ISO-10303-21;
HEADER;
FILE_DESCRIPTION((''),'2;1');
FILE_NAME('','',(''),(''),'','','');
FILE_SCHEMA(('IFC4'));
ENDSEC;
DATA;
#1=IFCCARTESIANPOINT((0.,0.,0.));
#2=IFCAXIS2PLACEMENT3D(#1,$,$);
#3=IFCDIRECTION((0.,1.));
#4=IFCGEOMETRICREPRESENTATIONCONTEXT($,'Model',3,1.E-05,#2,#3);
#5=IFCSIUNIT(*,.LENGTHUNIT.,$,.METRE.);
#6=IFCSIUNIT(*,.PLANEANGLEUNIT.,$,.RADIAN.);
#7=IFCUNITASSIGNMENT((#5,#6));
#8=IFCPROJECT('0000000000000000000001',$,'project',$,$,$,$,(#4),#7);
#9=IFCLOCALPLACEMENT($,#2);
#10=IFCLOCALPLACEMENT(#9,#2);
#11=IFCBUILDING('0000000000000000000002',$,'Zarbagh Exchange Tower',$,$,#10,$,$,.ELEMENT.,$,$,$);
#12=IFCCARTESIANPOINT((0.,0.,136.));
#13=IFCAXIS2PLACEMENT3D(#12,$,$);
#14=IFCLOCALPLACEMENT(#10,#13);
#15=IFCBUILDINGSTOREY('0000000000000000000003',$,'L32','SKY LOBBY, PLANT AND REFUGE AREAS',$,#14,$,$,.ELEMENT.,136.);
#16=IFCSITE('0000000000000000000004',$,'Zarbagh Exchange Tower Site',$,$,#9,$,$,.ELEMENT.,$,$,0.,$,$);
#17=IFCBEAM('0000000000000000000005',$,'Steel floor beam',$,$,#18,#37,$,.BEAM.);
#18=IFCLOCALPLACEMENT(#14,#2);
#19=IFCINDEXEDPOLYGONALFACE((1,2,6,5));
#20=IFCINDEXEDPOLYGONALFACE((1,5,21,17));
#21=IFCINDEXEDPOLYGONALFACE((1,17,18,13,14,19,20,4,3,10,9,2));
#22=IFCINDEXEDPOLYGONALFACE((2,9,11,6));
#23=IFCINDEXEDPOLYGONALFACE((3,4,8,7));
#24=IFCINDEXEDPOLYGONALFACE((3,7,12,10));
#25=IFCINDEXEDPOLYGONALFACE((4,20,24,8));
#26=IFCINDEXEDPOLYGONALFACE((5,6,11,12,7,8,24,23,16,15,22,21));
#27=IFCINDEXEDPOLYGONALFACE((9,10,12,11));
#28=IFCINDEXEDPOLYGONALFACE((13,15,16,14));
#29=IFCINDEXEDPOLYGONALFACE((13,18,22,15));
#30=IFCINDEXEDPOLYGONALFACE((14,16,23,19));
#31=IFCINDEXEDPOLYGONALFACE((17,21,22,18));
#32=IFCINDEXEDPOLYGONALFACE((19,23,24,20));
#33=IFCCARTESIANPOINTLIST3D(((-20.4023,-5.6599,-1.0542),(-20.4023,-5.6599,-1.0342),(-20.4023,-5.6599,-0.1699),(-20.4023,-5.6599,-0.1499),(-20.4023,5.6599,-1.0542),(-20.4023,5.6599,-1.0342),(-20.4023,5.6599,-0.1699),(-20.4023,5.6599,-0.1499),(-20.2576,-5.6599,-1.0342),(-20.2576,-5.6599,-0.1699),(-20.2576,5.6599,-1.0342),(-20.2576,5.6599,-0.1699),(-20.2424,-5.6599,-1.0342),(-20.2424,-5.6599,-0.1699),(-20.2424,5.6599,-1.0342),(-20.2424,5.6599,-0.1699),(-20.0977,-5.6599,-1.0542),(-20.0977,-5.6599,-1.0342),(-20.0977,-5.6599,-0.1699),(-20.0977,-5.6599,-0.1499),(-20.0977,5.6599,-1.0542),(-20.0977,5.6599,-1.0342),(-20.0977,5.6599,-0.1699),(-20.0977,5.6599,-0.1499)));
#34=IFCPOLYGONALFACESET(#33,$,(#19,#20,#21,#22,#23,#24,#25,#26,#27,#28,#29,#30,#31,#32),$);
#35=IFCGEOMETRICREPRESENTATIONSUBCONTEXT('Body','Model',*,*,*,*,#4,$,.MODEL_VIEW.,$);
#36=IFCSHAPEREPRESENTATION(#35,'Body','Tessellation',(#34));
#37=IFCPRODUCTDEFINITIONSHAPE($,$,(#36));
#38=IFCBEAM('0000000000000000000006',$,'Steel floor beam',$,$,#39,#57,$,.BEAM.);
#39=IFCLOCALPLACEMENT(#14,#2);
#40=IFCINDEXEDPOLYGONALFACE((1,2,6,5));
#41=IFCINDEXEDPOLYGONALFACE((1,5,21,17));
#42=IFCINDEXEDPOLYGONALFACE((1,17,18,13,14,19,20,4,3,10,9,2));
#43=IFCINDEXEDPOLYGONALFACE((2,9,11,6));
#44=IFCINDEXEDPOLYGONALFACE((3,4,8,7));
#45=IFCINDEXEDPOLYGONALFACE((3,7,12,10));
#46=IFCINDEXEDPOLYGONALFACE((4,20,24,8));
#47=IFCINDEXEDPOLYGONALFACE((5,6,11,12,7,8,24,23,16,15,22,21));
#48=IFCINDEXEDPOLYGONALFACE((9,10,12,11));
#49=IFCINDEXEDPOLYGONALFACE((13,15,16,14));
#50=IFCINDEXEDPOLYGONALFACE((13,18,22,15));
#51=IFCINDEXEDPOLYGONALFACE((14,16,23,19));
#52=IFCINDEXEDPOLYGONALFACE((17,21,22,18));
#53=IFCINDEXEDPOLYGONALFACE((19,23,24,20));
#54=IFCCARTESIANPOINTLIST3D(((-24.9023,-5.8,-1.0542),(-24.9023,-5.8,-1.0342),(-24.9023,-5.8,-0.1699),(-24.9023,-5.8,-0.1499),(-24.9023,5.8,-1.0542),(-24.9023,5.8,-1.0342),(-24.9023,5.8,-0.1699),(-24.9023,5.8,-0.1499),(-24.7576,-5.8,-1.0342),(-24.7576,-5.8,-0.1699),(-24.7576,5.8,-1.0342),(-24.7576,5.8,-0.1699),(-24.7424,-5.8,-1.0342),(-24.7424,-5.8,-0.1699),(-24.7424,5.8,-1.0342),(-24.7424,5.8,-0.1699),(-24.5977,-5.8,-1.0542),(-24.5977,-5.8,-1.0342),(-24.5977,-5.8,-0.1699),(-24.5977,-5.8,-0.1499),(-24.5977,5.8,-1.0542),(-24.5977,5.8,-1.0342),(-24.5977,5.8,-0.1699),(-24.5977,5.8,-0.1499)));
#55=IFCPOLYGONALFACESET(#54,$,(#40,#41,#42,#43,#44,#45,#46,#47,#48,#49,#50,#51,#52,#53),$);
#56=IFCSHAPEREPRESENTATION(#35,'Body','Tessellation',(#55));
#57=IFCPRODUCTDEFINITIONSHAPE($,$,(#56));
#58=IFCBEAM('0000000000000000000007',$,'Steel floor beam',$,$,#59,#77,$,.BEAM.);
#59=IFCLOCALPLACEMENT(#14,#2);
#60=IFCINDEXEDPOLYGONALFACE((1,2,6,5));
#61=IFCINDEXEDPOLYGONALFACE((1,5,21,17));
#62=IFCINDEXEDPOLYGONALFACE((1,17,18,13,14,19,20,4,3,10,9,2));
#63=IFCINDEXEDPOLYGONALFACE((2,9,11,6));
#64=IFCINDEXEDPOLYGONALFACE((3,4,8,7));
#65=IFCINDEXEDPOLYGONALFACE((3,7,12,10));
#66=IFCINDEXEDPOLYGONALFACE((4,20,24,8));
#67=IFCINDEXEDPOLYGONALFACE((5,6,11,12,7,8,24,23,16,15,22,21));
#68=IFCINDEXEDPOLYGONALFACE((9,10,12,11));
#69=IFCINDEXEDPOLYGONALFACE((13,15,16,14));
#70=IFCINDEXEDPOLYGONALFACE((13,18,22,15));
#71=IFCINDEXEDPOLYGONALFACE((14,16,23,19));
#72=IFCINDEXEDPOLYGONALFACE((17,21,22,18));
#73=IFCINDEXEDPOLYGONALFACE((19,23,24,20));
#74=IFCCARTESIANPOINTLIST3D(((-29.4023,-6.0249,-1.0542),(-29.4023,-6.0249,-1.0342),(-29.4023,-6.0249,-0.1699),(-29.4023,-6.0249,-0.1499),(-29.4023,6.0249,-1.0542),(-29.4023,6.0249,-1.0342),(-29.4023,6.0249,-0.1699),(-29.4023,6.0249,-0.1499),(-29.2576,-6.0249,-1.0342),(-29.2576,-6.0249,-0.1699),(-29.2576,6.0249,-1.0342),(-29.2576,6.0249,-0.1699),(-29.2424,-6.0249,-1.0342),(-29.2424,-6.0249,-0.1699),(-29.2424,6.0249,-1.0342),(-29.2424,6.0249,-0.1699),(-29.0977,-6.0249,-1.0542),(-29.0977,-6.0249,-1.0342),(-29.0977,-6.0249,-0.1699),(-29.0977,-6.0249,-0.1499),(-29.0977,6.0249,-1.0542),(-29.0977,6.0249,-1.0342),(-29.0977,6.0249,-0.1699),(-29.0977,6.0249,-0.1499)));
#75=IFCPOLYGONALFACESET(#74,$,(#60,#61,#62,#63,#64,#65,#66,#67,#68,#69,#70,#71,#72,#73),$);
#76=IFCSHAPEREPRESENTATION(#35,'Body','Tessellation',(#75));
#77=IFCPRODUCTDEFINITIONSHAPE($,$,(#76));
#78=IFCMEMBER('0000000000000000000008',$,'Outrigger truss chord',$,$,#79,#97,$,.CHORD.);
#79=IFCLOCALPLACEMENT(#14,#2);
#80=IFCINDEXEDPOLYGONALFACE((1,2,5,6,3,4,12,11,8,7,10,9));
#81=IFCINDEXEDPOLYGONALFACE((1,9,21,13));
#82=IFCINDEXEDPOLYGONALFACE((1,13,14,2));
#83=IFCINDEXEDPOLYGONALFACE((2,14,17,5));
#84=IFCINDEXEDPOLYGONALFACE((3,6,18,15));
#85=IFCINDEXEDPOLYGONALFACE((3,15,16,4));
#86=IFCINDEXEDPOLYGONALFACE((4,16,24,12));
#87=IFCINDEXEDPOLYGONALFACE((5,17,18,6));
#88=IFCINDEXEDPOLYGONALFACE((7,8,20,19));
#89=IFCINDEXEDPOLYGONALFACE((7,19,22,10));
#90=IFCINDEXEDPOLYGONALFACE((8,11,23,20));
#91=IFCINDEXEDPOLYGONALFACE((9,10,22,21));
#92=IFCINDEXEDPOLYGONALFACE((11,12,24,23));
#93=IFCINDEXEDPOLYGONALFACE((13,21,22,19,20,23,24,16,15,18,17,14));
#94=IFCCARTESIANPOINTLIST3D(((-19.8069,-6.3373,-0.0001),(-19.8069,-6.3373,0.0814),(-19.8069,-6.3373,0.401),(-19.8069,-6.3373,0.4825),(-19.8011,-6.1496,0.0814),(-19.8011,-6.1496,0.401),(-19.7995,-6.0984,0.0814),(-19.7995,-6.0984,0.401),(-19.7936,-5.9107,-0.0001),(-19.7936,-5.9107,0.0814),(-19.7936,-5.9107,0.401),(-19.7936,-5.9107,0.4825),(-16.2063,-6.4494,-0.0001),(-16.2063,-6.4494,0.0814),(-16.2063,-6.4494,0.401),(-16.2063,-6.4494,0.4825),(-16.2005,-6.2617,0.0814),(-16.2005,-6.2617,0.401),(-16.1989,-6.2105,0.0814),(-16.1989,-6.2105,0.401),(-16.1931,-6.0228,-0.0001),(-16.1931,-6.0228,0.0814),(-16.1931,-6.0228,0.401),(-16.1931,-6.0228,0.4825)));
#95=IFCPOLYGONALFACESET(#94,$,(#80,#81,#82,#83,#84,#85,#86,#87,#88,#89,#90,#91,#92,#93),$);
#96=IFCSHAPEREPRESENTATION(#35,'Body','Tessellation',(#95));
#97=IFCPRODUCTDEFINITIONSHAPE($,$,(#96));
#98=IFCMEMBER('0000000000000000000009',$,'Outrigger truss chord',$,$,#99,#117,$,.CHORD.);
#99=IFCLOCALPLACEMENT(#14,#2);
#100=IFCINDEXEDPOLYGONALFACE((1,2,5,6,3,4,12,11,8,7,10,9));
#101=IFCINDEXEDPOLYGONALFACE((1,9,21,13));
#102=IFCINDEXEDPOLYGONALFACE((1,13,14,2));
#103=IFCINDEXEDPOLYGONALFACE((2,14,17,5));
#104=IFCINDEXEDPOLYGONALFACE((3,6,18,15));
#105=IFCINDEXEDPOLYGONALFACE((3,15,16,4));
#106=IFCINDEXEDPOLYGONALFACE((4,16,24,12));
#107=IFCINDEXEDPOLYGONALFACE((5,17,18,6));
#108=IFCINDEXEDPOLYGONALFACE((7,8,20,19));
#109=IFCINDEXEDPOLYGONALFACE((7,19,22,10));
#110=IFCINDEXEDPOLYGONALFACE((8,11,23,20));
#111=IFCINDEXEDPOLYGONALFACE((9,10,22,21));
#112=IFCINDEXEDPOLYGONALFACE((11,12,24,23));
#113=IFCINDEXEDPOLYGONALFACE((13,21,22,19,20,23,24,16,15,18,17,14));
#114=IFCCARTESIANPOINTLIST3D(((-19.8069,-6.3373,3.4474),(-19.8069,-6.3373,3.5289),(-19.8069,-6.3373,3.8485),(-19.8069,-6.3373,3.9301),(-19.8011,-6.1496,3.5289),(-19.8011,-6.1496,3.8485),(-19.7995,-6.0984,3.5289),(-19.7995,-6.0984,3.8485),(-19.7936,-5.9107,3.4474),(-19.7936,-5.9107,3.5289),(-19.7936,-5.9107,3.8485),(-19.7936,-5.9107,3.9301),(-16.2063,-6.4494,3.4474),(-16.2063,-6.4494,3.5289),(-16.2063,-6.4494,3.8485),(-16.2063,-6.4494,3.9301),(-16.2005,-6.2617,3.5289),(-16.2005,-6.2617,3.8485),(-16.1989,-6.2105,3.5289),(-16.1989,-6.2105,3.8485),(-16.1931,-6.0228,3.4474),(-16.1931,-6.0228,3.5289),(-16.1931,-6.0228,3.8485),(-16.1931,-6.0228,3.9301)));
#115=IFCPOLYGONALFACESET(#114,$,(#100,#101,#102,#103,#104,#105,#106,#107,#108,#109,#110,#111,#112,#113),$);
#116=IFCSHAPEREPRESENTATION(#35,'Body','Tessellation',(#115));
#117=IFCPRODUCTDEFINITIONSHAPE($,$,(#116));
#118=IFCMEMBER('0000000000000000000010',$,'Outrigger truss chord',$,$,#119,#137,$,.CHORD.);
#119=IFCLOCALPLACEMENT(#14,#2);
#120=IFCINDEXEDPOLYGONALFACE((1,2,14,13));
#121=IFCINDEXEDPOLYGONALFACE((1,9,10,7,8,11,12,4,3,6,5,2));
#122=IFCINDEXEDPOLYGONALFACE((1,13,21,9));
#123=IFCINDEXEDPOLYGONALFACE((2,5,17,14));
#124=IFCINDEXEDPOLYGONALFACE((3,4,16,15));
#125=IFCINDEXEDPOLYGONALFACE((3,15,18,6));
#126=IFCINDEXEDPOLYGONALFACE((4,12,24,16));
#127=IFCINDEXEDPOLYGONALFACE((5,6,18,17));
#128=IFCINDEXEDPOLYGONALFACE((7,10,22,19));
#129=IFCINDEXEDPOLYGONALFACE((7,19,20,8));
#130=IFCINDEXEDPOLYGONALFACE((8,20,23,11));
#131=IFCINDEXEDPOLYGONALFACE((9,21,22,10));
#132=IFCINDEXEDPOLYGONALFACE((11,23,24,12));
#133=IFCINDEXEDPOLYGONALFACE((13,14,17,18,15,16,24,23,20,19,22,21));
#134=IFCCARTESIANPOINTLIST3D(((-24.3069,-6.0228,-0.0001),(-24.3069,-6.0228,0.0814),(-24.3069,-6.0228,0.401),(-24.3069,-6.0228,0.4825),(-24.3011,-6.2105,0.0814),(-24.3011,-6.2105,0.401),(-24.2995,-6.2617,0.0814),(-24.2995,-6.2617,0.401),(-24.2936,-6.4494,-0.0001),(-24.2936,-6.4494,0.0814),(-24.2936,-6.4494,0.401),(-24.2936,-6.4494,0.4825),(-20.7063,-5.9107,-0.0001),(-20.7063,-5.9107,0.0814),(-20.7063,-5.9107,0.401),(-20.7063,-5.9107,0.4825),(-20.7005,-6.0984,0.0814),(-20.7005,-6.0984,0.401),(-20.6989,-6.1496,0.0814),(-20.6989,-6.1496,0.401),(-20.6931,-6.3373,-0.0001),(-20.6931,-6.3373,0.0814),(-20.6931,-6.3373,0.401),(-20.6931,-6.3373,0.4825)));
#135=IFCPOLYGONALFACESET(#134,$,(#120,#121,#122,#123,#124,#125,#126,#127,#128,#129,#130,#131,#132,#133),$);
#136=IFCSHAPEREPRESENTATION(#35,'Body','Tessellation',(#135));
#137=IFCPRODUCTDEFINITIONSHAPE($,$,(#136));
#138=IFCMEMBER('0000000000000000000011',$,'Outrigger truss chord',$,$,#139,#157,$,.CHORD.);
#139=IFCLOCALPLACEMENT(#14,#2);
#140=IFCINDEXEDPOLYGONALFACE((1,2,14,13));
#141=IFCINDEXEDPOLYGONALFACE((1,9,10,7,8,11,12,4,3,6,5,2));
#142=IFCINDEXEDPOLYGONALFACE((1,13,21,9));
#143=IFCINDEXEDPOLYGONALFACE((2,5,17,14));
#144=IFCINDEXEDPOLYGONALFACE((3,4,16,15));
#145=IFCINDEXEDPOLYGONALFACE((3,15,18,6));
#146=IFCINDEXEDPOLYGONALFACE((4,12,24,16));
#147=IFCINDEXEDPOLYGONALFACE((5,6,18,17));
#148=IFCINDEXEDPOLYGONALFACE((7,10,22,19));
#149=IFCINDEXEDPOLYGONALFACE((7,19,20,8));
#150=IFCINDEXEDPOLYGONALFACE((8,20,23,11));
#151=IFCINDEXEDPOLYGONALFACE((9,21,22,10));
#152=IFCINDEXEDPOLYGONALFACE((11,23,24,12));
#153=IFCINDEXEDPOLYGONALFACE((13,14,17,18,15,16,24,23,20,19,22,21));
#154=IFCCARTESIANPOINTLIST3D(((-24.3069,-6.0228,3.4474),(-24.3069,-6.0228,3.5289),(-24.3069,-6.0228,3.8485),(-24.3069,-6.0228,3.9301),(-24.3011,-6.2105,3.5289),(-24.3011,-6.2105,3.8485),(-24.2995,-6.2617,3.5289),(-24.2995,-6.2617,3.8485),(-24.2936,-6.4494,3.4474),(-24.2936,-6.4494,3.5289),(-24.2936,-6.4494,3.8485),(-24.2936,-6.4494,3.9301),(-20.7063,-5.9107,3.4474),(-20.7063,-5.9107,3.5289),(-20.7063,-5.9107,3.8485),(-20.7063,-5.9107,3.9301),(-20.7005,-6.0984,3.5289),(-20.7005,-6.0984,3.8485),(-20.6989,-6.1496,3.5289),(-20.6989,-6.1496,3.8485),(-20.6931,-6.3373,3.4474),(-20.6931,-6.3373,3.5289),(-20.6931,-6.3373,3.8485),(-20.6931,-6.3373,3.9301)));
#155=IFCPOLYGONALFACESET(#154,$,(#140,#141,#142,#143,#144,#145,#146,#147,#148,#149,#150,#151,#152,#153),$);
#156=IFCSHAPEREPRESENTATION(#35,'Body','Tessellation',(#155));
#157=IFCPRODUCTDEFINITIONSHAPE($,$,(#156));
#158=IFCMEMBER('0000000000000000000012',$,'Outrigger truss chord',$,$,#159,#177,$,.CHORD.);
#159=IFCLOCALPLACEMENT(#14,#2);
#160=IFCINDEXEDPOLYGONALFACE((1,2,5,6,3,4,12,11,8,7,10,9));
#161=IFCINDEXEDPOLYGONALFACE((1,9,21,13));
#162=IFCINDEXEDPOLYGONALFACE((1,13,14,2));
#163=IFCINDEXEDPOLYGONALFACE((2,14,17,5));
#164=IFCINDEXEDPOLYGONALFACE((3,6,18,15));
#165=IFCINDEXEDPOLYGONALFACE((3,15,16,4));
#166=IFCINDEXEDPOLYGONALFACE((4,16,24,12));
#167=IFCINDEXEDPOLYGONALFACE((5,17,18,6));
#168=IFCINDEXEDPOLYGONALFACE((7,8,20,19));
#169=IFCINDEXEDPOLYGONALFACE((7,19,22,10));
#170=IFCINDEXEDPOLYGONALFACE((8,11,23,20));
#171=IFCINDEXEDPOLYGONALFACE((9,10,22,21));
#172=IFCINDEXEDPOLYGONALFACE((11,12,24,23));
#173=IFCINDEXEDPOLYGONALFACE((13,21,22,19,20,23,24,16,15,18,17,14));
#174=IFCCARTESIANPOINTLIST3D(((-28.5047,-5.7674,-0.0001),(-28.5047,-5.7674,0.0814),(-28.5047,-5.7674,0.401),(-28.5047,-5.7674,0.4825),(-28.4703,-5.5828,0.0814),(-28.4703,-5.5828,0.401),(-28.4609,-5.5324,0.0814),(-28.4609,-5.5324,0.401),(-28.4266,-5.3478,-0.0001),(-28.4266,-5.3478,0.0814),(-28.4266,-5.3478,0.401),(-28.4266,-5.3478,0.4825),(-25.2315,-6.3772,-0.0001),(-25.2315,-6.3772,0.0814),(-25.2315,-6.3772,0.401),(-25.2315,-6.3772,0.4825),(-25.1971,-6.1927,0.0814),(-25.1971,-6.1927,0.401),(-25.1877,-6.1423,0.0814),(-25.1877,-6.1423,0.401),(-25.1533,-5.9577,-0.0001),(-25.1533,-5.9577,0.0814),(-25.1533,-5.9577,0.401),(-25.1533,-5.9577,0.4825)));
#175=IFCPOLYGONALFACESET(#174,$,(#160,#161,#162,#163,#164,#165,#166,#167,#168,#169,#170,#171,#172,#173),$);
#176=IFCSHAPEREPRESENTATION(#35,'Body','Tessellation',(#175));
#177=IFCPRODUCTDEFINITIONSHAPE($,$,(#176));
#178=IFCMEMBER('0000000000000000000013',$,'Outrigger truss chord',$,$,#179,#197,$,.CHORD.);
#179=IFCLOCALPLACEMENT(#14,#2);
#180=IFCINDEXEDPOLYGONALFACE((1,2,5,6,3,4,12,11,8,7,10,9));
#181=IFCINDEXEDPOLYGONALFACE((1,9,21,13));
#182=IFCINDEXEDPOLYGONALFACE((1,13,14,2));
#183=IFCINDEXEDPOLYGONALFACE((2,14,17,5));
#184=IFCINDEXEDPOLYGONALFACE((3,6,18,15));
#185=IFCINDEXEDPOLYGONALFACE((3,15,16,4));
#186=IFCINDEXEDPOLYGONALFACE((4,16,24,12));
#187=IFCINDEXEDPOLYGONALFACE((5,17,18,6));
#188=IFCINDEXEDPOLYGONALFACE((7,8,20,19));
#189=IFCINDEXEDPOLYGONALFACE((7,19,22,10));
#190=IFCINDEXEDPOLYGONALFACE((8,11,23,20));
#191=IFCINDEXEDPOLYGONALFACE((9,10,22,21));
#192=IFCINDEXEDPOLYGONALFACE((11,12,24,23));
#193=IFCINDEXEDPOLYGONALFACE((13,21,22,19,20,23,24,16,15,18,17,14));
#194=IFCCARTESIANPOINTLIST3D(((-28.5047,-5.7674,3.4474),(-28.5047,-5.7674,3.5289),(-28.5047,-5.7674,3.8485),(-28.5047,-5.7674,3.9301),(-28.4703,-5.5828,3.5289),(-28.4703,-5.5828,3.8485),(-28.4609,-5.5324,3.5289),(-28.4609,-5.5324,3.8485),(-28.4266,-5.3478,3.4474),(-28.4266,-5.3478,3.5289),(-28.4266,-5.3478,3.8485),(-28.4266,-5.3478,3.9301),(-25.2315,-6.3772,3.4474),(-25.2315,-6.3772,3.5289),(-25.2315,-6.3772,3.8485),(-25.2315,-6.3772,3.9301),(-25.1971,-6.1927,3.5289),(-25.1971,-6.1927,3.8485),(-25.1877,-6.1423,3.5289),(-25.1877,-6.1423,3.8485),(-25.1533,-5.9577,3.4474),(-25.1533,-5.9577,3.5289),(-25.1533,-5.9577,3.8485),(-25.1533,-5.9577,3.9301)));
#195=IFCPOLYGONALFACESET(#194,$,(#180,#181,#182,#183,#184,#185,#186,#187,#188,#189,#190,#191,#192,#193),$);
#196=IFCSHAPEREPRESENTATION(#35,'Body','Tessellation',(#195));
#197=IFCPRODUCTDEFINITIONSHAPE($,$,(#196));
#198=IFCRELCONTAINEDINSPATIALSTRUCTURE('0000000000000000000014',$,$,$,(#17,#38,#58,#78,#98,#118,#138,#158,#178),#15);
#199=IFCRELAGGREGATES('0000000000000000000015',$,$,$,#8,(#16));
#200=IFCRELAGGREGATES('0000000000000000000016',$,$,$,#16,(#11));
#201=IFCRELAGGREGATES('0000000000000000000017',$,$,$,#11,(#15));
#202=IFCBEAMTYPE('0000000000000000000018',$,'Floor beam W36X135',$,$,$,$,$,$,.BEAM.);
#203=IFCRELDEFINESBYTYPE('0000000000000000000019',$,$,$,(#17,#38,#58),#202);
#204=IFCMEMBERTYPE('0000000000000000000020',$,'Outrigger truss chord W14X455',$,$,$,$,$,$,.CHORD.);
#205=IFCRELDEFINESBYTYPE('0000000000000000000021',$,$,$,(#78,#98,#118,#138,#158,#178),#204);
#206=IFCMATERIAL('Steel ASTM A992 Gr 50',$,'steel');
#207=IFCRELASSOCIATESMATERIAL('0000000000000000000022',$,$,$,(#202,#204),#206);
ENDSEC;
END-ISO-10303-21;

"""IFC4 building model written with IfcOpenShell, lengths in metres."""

from ifc_helpers import new_model, si_unit, direction, frame, origin, origin_2d, place, context, subcontext, project, spatial, i_section, extrude, material, material_profile, profile_set, type_object, element, save


model = new_model("IFC4")

# Units and contexts
model_context = context("Model", 3, precision=1e-05, world=origin(), true_north=direction((0.0, 1.0)))
body_context = subcontext(model_context, "Body", "Model", "MODEL_VIEW")
ifc_project = project(units=[si_unit("LENGTHUNIT", "METRE"), si_unit("PLANEANGLEUNIT", "RADIAN")], contexts=[model_context])

# Site, building, storey
site_placement = place(None, origin())
site = spatial("IfcSite", under=ifc_project, at=site_placement, Name="Zarbagh Exchange Tower Site", CompositionType="ELEMENT", RefElevation=0.0)
building_placement = place(site_placement, origin())
building = spatial("IfcBuilding", under=site, at=building_placement, Name="Zarbagh Exchange Tower", CompositionType="ELEMENT")
storey_placement = place(building_placement, frame((0.0, 0.0, 136.0)))
storey = spatial("IfcBuildingStorey", under=building, at=storey_placement, Name="L32", Description="SKY LOBBY, PLANT AND REFUGE AREAS", CompositionType="ELEMENT", Elevation=136.0)

# Shared definitions
ifc_material_1 = material(Name="Steel ASTM A992 Gr 50", Category="steel")

# Beams
ifc_material_profile_1 = material_profile(ifc_material_1, i_section(OverallWidth=0.3047, OverallDepth=0.9043, WebThickness=0.0151, FlangeThickness=0.02, at=origin_2d()), Name="W36X135")
ifc_profile_set_1 = profile_set([ifc_material_profile_1], Name="Steel ASTM A992 Gr 50")
beam_type_1 = type_object("IfcBeamType", Name="Floor beam W36X135", PredefinedType="BEAM", material=ifc_profile_set_1)
beam_1_placement = place(storey_placement, frame((-20.25, -5.6599, -0.6021), z_axis=(0.0, 1.0, 0.0), x_axis=(-1.0, 0.0, 0.0)))
element("IfcBeam", 1, at=beam_1_placement, inside=storey, type_object=beam_type_1, Name="Steel floor beam", PredefinedType="BEAM", context=body_context, shape_type="SweptSolid", body=[
    extrude(i_section(OverallWidth=0.3047, OverallDepth=0.9043, WebThickness=0.0151, FlangeThickness=0.02, at=origin_2d()), origin(), (0.0, 0.0, 1.0), 11.3198),
])
beam_2_placement = place(storey_placement, frame((-24.75, -5.8, -0.6021), z_axis=(0.0, 1.0, 0.0), x_axis=(-1.0, 0.0, 0.0)))
element("IfcBeam", 2, at=beam_2_placement, inside=storey, type_object=beam_type_1, Name="Steel floor beam", PredefinedType="BEAM", context=body_context, shape_type="SweptSolid", body=[
    extrude(i_section(OverallWidth=0.3047, OverallDepth=0.9043, WebThickness=0.0151, FlangeThickness=0.02, at=origin_2d()), origin(), (0.0, 0.0, 1.0), 11.6001),
])
beam_3_placement = place(storey_placement, frame((-29.25, -6.0249, -0.6021), z_axis=(0.0, 1.0, 0.0), x_axis=(-1.0, 0.0, 0.0)))
element("IfcBeam", 3, at=beam_3_placement, inside=storey, type_object=beam_type_1, Name="Steel floor beam", PredefinedType="BEAM", context=body_context, shape_type="SweptSolid", body=[
    extrude(i_section(OverallWidth=0.3047, OverallDepth=0.9043, WebThickness=0.0151, FlangeThickness=0.02, at=origin_2d()), origin(), (0.0, 0.0, 1.0), 12.0498),
])

# Members
ifc_material_profile_2 = material_profile(ifc_material_1, i_section(OverallWidth=0.4268, OverallDepth=0.4827, WebThickness=0.0513, FlangeThickness=0.0815, at=origin_2d()), Name="W14X455")
ifc_profile_set_2 = profile_set([ifc_material_profile_2], Name="Steel ASTM A992 Gr 50")
member_type_1 = type_object("IfcMemberType", Name="Outrigger truss chord W14X455", PredefinedType="CHORD", material=ifc_profile_set_2)
for number, where, z_axis, x_axis, name in (
    (4, (-16.1997, -6.2361, 0.2412), (-0.999516, 0.031108, 0.0), (-0.031108, -0.999516, 0.0), "Outrigger truss chord"),
    (5, (-16.1997, -6.2361, 3.6887), (-0.999516, 0.031108, 0.0), (-0.031108, -0.999516, 0.0), "Outrigger truss chord"),
    (6, (-20.6997, -6.124, 0.2412), (-0.999516, -0.031108, 0.0), (0.031108, -0.999516, 0.0), "Outrigger truss chord"),
    (7, (-20.6997, -6.124, 3.6887), (-0.999516, -0.031108, 0.0), (0.031108, -0.999516, 0.0), "Outrigger truss chord"),
):
    element("IfcMember", number, at=place(storey_placement, frame(where, z_axis=z_axis, x_axis=x_axis)), inside=storey, type_object=member_type_1, Name=name, PredefinedType="CHORD", context=body_context, shape_type="SweptSolid", body=[
        extrude(i_section(OverallWidth=0.4268, OverallDepth=0.4827, WebThickness=0.0513, FlangeThickness=0.0815, at=origin_2d()), origin(), (0.0, 0.0, 1.0), 3.6023),
    ])
for number, where, z_axis, x_axis, name in (
    (8, (-25.1924, -6.1675, 0.2412), (-0.983082, 0.183168, 0.0), (-0.183168, -0.983082, 0.0), "Outrigger truss chord"),
    (9, (-25.1924, -6.1675, 3.6887), (-0.983082, 0.183168, 0.0), (-0.183168, -0.983082, 0.0), "Outrigger truss chord"),
):
    element("IfcMember", number, at=place(storey_placement, frame(where, z_axis=z_axis, x_axis=x_axis)), inside=storey, type_object=member_type_1, Name=name, PredefinedType="CHORD", context=body_context, shape_type="SweptSolid", body=[
        extrude(i_section(OverallWidth=0.4268, OverallDepth=0.4827, WebThickness=0.0513, FlangeThickness=0.0815, at=origin_2d()), origin(), (0.0, 0.0, 1.0), 3.3296),
    ])

save(model, "model.ifc")
